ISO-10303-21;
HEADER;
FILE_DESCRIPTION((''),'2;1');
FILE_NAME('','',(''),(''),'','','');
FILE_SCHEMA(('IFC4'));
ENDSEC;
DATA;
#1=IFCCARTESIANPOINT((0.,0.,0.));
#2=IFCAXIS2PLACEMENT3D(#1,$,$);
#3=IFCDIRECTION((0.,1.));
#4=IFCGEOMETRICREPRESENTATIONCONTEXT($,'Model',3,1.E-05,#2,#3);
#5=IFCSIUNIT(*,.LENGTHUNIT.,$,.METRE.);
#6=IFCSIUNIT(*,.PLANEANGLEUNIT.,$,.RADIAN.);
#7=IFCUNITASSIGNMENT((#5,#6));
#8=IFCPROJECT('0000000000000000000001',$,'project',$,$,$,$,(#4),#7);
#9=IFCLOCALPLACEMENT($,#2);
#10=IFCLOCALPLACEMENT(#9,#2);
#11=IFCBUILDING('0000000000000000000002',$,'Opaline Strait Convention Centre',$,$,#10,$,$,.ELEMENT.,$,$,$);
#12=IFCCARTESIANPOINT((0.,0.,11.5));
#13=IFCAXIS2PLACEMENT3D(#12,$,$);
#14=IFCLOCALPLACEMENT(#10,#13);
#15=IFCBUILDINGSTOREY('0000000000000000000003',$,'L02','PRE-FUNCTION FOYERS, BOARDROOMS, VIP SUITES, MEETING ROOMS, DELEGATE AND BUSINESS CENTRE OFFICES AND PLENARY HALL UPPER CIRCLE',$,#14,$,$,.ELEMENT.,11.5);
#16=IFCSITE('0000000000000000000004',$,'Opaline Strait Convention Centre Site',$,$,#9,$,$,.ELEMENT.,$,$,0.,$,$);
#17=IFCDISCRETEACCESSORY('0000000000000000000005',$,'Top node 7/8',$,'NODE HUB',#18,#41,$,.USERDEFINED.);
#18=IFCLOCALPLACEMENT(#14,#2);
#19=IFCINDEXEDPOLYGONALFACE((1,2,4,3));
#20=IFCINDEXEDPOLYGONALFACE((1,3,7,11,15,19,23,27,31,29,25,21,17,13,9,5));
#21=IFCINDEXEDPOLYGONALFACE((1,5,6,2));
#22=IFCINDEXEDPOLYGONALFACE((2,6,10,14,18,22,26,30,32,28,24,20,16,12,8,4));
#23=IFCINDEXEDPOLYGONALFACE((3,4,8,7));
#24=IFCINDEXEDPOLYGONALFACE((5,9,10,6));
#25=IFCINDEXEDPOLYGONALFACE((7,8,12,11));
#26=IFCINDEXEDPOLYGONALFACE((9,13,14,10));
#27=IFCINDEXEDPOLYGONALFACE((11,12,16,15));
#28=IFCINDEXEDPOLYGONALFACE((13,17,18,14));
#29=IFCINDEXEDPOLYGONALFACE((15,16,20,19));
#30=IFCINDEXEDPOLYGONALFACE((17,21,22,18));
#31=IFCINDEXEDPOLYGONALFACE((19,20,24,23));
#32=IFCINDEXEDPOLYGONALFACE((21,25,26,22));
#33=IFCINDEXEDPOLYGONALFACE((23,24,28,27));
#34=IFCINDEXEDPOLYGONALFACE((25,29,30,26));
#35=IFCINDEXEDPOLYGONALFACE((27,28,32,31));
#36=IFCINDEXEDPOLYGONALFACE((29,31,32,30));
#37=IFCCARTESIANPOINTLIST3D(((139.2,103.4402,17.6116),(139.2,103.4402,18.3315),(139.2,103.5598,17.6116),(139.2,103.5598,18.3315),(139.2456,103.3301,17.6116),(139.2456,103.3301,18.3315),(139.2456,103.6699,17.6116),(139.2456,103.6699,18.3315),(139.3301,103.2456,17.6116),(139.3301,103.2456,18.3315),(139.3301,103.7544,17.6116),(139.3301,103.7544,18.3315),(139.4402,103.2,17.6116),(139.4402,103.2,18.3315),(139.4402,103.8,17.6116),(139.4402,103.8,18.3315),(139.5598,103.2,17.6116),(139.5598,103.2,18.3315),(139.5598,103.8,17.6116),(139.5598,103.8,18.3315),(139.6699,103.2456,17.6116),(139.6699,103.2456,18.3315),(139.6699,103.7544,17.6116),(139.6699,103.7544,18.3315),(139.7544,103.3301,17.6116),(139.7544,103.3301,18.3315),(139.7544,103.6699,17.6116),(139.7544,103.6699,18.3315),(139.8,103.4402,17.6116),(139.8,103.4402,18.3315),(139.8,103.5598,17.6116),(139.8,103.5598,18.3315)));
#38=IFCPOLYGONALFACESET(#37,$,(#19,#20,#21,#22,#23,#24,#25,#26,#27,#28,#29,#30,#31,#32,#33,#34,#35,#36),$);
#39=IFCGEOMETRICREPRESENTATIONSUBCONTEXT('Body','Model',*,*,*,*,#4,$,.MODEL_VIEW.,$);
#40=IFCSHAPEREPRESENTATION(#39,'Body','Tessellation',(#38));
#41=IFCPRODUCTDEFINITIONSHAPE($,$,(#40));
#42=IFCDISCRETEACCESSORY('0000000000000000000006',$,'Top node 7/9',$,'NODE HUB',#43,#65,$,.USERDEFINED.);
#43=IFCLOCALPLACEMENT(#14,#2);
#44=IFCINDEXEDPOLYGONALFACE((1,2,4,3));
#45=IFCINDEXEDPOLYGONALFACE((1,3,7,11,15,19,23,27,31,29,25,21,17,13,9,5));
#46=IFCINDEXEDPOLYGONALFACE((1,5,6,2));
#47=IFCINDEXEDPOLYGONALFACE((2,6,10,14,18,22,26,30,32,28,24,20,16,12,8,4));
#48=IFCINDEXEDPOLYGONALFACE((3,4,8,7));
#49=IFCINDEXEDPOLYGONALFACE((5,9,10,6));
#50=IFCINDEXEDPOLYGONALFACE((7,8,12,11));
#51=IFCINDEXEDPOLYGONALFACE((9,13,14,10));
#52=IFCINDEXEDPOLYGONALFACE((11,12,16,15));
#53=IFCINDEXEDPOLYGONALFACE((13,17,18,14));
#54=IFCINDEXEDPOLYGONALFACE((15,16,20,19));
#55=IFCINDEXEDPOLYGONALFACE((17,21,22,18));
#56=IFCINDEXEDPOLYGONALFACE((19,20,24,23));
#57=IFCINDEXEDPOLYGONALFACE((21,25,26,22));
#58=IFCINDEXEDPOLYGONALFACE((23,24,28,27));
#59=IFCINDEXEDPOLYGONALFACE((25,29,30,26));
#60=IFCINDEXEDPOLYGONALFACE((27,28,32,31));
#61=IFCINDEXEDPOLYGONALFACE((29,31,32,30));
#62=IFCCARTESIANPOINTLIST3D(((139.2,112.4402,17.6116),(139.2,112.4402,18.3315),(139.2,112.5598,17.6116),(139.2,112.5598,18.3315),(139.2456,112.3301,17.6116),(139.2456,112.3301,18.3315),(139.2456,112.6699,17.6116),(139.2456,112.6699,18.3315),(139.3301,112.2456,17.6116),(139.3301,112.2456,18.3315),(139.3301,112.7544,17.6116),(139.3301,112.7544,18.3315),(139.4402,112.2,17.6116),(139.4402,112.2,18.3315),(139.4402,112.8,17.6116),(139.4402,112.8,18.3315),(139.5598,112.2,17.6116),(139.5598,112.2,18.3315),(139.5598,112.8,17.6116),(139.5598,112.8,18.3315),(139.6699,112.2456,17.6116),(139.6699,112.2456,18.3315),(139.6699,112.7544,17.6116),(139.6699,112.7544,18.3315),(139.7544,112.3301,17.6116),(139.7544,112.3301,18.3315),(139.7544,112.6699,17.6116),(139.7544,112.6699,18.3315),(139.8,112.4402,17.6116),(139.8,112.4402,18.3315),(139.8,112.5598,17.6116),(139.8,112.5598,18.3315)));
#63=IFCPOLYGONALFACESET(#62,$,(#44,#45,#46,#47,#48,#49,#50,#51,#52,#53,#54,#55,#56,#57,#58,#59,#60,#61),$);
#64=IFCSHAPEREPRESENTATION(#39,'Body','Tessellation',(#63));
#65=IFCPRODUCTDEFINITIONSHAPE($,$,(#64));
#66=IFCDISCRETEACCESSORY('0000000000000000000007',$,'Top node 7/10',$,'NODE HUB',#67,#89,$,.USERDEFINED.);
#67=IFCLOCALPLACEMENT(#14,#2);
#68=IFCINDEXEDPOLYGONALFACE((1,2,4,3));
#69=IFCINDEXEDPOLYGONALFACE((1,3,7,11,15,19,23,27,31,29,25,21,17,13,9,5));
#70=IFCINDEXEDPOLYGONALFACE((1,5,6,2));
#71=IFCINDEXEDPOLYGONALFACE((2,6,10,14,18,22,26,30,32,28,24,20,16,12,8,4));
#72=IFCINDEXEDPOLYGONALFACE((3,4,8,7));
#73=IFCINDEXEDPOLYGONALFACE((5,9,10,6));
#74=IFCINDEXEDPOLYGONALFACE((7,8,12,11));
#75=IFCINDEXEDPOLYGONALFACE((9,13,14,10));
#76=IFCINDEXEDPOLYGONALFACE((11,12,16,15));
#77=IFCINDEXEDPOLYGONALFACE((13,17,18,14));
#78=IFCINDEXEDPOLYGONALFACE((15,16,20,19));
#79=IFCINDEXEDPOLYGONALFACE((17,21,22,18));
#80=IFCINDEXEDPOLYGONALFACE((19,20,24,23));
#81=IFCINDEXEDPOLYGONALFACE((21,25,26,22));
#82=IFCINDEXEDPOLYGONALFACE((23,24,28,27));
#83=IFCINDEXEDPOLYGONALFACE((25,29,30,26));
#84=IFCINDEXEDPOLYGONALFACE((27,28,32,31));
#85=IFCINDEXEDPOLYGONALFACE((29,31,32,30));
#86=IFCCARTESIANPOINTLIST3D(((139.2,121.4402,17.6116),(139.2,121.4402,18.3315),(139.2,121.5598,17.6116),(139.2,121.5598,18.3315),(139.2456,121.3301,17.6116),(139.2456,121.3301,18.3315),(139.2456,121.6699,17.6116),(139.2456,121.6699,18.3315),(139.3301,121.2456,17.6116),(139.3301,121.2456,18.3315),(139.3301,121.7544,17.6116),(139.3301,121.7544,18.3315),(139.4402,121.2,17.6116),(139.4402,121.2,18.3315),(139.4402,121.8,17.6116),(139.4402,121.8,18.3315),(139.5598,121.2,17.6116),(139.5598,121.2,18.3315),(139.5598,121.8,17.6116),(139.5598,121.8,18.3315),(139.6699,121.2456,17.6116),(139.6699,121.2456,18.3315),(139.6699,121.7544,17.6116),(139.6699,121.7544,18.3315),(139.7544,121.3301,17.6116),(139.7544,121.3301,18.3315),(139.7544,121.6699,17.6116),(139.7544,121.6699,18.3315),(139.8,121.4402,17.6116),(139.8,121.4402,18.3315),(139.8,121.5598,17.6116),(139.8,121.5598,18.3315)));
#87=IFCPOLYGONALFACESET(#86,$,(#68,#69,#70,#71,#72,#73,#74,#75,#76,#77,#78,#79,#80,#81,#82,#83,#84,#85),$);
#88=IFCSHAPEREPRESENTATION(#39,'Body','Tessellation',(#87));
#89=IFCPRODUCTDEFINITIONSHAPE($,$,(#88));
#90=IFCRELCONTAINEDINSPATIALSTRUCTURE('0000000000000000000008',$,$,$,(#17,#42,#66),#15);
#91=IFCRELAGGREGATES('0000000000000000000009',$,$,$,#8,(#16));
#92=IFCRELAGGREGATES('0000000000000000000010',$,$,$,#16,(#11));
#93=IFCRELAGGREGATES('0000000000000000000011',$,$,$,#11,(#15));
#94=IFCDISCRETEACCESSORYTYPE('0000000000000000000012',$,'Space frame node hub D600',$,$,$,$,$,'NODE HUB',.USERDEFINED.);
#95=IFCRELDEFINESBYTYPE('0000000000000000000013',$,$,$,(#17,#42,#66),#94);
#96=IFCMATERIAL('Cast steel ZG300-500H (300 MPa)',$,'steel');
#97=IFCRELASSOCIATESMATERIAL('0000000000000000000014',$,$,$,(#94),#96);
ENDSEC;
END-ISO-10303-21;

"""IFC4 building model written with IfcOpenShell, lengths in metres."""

from ifc_helpers import new_model, si_unit, direction, frame, origin, place, context, subcontext, project, spatial, polyline, outline, extrude, material, type_object, element, save


model = new_model("IFC4")

# Units and contexts
model_context = context("Model", 3, precision=1e-05, world=origin(), true_north=direction((0.0, 1.0)))
body_context = subcontext(model_context, "Body", "Model", "MODEL_VIEW")
ifc_project = project(units=[si_unit("LENGTHUNIT", "METRE"), si_unit("PLANEANGLEUNIT", "RADIAN")], contexts=[model_context])

# Site, building, storey
site_placement = place(None, origin())
site = spatial("IfcSite", under=ifc_project, at=site_placement, Name="Opaline Strait Convention Centre Site", CompositionType="ELEMENT", RefElevation=0.0)
building_placement = place(site_placement, origin())
building = spatial("IfcBuilding", under=site, at=building_placement, Name="Opaline Strait Convention Centre", CompositionType="ELEMENT")
storey_placement = place(building_placement, frame((0.0, 0.0, 11.5)))
storey = spatial("IfcBuildingStorey", under=building, at=storey_placement, Name="L02", Description="PRE-FUNCTION FOYERS, BOARDROOMS, VIP SUITES, MEETING ROOMS, DELEGATE AND BUSINESS CENTRE OFFICES AND PLENARY HALL UPPER CIRCLE", CompositionType="ELEMENT", Elevation=11.5)

# Discrete accessories
ifc_material = material(Name="Cast steel ZG300-500H (300 MPa)", Category="steel")
discrete_accessory_type = type_object("IfcDiscreteAccessoryType", Name="Space frame node hub D600", ElementType="NODE HUB", PredefinedType="USERDEFINED", material=ifc_material)
discrete_accessory_1_placement = place(storey_placement, frame((0.0, 0.0, 17.6116)))
element("IfcDiscreteAccessory", 1, at=discrete_accessory_1_placement, inside=storey, type_object=discrete_accessory_type, Name="Top node 7/8", ObjectType="NODE HUB", PredefinedType="USERDEFINED", context=body_context, shape_type="SweptSolid", body=[
    extrude(outline(polyline([(139.8, 103.5598), (139.7544, 103.6699), (139.6699, 103.7544), (139.5598, 103.8), (139.4402, 103.8), (139.3301, 103.7544), (139.2456, 103.6699), (139.2, 103.5598), (139.2, 103.4402), (139.2456, 103.3301), (139.3301, 103.2456), (139.4402, 103.2), (139.5598, 103.2), (139.6699, 103.2456), (139.7544, 103.3301), (139.8, 103.4402), (139.8, 103.5598)])), origin(), (0.0, 0.0, 1.0), 0.72),
])
discrete_accessory_2_placement = place(storey_placement, frame((0.0, 0.0, 17.6116)))
element("IfcDiscreteAccessory", 2, at=discrete_accessory_2_placement, inside=storey, type_object=discrete_accessory_type, Name="Top node 7/9", ObjectType="NODE HUB", PredefinedType="USERDEFINED", context=body_context, shape_type="SweptSolid", body=[
    extrude(outline(polyline([(139.8, 112.5598), (139.7544, 112.6699), (139.6699, 112.7544), (139.5598, 112.8), (139.4402, 112.8), (139.3301, 112.7544), (139.2456, 112.6699), (139.2, 112.5598), (139.2, 112.4402), (139.2456, 112.3301), (139.3301, 112.2456), (139.4402, 112.2), (139.5598, 112.2), (139.6699, 112.2456), (139.7544, 112.3301), (139.8, 112.4402), (139.8, 112.5598)])), origin(), (0.0, 0.0, 1.0), 0.72),
])
discrete_accessory_3_placement = place(storey_placement, frame((0.0, 0.0, 17.6116)))
element("IfcDiscreteAccessory", 3, at=discrete_accessory_3_placement, inside=storey, type_object=discrete_accessory_type, Name="Top node 7/10", ObjectType="NODE HUB", PredefinedType="USERDEFINED", context=body_context, shape_type="SweptSolid", body=[
    extrude(outline(polyline([(139.8, 121.5598), (139.7544, 121.6699), (139.6699, 121.7544), (139.5598, 121.8), (139.4402, 121.8), (139.3301, 121.7544), (139.2456, 121.6699), (139.2, 121.5598), (139.2, 121.4402), (139.2456, 121.3301), (139.3301, 121.2456), (139.4402, 121.2), (139.5598, 121.2), (139.6699, 121.2456), (139.7544, 121.3301), (139.8, 121.4402), (139.8, 121.5598)])), origin(), (0.0, 0.0, 1.0), 0.72),
])

save(model, "model.ifc")
